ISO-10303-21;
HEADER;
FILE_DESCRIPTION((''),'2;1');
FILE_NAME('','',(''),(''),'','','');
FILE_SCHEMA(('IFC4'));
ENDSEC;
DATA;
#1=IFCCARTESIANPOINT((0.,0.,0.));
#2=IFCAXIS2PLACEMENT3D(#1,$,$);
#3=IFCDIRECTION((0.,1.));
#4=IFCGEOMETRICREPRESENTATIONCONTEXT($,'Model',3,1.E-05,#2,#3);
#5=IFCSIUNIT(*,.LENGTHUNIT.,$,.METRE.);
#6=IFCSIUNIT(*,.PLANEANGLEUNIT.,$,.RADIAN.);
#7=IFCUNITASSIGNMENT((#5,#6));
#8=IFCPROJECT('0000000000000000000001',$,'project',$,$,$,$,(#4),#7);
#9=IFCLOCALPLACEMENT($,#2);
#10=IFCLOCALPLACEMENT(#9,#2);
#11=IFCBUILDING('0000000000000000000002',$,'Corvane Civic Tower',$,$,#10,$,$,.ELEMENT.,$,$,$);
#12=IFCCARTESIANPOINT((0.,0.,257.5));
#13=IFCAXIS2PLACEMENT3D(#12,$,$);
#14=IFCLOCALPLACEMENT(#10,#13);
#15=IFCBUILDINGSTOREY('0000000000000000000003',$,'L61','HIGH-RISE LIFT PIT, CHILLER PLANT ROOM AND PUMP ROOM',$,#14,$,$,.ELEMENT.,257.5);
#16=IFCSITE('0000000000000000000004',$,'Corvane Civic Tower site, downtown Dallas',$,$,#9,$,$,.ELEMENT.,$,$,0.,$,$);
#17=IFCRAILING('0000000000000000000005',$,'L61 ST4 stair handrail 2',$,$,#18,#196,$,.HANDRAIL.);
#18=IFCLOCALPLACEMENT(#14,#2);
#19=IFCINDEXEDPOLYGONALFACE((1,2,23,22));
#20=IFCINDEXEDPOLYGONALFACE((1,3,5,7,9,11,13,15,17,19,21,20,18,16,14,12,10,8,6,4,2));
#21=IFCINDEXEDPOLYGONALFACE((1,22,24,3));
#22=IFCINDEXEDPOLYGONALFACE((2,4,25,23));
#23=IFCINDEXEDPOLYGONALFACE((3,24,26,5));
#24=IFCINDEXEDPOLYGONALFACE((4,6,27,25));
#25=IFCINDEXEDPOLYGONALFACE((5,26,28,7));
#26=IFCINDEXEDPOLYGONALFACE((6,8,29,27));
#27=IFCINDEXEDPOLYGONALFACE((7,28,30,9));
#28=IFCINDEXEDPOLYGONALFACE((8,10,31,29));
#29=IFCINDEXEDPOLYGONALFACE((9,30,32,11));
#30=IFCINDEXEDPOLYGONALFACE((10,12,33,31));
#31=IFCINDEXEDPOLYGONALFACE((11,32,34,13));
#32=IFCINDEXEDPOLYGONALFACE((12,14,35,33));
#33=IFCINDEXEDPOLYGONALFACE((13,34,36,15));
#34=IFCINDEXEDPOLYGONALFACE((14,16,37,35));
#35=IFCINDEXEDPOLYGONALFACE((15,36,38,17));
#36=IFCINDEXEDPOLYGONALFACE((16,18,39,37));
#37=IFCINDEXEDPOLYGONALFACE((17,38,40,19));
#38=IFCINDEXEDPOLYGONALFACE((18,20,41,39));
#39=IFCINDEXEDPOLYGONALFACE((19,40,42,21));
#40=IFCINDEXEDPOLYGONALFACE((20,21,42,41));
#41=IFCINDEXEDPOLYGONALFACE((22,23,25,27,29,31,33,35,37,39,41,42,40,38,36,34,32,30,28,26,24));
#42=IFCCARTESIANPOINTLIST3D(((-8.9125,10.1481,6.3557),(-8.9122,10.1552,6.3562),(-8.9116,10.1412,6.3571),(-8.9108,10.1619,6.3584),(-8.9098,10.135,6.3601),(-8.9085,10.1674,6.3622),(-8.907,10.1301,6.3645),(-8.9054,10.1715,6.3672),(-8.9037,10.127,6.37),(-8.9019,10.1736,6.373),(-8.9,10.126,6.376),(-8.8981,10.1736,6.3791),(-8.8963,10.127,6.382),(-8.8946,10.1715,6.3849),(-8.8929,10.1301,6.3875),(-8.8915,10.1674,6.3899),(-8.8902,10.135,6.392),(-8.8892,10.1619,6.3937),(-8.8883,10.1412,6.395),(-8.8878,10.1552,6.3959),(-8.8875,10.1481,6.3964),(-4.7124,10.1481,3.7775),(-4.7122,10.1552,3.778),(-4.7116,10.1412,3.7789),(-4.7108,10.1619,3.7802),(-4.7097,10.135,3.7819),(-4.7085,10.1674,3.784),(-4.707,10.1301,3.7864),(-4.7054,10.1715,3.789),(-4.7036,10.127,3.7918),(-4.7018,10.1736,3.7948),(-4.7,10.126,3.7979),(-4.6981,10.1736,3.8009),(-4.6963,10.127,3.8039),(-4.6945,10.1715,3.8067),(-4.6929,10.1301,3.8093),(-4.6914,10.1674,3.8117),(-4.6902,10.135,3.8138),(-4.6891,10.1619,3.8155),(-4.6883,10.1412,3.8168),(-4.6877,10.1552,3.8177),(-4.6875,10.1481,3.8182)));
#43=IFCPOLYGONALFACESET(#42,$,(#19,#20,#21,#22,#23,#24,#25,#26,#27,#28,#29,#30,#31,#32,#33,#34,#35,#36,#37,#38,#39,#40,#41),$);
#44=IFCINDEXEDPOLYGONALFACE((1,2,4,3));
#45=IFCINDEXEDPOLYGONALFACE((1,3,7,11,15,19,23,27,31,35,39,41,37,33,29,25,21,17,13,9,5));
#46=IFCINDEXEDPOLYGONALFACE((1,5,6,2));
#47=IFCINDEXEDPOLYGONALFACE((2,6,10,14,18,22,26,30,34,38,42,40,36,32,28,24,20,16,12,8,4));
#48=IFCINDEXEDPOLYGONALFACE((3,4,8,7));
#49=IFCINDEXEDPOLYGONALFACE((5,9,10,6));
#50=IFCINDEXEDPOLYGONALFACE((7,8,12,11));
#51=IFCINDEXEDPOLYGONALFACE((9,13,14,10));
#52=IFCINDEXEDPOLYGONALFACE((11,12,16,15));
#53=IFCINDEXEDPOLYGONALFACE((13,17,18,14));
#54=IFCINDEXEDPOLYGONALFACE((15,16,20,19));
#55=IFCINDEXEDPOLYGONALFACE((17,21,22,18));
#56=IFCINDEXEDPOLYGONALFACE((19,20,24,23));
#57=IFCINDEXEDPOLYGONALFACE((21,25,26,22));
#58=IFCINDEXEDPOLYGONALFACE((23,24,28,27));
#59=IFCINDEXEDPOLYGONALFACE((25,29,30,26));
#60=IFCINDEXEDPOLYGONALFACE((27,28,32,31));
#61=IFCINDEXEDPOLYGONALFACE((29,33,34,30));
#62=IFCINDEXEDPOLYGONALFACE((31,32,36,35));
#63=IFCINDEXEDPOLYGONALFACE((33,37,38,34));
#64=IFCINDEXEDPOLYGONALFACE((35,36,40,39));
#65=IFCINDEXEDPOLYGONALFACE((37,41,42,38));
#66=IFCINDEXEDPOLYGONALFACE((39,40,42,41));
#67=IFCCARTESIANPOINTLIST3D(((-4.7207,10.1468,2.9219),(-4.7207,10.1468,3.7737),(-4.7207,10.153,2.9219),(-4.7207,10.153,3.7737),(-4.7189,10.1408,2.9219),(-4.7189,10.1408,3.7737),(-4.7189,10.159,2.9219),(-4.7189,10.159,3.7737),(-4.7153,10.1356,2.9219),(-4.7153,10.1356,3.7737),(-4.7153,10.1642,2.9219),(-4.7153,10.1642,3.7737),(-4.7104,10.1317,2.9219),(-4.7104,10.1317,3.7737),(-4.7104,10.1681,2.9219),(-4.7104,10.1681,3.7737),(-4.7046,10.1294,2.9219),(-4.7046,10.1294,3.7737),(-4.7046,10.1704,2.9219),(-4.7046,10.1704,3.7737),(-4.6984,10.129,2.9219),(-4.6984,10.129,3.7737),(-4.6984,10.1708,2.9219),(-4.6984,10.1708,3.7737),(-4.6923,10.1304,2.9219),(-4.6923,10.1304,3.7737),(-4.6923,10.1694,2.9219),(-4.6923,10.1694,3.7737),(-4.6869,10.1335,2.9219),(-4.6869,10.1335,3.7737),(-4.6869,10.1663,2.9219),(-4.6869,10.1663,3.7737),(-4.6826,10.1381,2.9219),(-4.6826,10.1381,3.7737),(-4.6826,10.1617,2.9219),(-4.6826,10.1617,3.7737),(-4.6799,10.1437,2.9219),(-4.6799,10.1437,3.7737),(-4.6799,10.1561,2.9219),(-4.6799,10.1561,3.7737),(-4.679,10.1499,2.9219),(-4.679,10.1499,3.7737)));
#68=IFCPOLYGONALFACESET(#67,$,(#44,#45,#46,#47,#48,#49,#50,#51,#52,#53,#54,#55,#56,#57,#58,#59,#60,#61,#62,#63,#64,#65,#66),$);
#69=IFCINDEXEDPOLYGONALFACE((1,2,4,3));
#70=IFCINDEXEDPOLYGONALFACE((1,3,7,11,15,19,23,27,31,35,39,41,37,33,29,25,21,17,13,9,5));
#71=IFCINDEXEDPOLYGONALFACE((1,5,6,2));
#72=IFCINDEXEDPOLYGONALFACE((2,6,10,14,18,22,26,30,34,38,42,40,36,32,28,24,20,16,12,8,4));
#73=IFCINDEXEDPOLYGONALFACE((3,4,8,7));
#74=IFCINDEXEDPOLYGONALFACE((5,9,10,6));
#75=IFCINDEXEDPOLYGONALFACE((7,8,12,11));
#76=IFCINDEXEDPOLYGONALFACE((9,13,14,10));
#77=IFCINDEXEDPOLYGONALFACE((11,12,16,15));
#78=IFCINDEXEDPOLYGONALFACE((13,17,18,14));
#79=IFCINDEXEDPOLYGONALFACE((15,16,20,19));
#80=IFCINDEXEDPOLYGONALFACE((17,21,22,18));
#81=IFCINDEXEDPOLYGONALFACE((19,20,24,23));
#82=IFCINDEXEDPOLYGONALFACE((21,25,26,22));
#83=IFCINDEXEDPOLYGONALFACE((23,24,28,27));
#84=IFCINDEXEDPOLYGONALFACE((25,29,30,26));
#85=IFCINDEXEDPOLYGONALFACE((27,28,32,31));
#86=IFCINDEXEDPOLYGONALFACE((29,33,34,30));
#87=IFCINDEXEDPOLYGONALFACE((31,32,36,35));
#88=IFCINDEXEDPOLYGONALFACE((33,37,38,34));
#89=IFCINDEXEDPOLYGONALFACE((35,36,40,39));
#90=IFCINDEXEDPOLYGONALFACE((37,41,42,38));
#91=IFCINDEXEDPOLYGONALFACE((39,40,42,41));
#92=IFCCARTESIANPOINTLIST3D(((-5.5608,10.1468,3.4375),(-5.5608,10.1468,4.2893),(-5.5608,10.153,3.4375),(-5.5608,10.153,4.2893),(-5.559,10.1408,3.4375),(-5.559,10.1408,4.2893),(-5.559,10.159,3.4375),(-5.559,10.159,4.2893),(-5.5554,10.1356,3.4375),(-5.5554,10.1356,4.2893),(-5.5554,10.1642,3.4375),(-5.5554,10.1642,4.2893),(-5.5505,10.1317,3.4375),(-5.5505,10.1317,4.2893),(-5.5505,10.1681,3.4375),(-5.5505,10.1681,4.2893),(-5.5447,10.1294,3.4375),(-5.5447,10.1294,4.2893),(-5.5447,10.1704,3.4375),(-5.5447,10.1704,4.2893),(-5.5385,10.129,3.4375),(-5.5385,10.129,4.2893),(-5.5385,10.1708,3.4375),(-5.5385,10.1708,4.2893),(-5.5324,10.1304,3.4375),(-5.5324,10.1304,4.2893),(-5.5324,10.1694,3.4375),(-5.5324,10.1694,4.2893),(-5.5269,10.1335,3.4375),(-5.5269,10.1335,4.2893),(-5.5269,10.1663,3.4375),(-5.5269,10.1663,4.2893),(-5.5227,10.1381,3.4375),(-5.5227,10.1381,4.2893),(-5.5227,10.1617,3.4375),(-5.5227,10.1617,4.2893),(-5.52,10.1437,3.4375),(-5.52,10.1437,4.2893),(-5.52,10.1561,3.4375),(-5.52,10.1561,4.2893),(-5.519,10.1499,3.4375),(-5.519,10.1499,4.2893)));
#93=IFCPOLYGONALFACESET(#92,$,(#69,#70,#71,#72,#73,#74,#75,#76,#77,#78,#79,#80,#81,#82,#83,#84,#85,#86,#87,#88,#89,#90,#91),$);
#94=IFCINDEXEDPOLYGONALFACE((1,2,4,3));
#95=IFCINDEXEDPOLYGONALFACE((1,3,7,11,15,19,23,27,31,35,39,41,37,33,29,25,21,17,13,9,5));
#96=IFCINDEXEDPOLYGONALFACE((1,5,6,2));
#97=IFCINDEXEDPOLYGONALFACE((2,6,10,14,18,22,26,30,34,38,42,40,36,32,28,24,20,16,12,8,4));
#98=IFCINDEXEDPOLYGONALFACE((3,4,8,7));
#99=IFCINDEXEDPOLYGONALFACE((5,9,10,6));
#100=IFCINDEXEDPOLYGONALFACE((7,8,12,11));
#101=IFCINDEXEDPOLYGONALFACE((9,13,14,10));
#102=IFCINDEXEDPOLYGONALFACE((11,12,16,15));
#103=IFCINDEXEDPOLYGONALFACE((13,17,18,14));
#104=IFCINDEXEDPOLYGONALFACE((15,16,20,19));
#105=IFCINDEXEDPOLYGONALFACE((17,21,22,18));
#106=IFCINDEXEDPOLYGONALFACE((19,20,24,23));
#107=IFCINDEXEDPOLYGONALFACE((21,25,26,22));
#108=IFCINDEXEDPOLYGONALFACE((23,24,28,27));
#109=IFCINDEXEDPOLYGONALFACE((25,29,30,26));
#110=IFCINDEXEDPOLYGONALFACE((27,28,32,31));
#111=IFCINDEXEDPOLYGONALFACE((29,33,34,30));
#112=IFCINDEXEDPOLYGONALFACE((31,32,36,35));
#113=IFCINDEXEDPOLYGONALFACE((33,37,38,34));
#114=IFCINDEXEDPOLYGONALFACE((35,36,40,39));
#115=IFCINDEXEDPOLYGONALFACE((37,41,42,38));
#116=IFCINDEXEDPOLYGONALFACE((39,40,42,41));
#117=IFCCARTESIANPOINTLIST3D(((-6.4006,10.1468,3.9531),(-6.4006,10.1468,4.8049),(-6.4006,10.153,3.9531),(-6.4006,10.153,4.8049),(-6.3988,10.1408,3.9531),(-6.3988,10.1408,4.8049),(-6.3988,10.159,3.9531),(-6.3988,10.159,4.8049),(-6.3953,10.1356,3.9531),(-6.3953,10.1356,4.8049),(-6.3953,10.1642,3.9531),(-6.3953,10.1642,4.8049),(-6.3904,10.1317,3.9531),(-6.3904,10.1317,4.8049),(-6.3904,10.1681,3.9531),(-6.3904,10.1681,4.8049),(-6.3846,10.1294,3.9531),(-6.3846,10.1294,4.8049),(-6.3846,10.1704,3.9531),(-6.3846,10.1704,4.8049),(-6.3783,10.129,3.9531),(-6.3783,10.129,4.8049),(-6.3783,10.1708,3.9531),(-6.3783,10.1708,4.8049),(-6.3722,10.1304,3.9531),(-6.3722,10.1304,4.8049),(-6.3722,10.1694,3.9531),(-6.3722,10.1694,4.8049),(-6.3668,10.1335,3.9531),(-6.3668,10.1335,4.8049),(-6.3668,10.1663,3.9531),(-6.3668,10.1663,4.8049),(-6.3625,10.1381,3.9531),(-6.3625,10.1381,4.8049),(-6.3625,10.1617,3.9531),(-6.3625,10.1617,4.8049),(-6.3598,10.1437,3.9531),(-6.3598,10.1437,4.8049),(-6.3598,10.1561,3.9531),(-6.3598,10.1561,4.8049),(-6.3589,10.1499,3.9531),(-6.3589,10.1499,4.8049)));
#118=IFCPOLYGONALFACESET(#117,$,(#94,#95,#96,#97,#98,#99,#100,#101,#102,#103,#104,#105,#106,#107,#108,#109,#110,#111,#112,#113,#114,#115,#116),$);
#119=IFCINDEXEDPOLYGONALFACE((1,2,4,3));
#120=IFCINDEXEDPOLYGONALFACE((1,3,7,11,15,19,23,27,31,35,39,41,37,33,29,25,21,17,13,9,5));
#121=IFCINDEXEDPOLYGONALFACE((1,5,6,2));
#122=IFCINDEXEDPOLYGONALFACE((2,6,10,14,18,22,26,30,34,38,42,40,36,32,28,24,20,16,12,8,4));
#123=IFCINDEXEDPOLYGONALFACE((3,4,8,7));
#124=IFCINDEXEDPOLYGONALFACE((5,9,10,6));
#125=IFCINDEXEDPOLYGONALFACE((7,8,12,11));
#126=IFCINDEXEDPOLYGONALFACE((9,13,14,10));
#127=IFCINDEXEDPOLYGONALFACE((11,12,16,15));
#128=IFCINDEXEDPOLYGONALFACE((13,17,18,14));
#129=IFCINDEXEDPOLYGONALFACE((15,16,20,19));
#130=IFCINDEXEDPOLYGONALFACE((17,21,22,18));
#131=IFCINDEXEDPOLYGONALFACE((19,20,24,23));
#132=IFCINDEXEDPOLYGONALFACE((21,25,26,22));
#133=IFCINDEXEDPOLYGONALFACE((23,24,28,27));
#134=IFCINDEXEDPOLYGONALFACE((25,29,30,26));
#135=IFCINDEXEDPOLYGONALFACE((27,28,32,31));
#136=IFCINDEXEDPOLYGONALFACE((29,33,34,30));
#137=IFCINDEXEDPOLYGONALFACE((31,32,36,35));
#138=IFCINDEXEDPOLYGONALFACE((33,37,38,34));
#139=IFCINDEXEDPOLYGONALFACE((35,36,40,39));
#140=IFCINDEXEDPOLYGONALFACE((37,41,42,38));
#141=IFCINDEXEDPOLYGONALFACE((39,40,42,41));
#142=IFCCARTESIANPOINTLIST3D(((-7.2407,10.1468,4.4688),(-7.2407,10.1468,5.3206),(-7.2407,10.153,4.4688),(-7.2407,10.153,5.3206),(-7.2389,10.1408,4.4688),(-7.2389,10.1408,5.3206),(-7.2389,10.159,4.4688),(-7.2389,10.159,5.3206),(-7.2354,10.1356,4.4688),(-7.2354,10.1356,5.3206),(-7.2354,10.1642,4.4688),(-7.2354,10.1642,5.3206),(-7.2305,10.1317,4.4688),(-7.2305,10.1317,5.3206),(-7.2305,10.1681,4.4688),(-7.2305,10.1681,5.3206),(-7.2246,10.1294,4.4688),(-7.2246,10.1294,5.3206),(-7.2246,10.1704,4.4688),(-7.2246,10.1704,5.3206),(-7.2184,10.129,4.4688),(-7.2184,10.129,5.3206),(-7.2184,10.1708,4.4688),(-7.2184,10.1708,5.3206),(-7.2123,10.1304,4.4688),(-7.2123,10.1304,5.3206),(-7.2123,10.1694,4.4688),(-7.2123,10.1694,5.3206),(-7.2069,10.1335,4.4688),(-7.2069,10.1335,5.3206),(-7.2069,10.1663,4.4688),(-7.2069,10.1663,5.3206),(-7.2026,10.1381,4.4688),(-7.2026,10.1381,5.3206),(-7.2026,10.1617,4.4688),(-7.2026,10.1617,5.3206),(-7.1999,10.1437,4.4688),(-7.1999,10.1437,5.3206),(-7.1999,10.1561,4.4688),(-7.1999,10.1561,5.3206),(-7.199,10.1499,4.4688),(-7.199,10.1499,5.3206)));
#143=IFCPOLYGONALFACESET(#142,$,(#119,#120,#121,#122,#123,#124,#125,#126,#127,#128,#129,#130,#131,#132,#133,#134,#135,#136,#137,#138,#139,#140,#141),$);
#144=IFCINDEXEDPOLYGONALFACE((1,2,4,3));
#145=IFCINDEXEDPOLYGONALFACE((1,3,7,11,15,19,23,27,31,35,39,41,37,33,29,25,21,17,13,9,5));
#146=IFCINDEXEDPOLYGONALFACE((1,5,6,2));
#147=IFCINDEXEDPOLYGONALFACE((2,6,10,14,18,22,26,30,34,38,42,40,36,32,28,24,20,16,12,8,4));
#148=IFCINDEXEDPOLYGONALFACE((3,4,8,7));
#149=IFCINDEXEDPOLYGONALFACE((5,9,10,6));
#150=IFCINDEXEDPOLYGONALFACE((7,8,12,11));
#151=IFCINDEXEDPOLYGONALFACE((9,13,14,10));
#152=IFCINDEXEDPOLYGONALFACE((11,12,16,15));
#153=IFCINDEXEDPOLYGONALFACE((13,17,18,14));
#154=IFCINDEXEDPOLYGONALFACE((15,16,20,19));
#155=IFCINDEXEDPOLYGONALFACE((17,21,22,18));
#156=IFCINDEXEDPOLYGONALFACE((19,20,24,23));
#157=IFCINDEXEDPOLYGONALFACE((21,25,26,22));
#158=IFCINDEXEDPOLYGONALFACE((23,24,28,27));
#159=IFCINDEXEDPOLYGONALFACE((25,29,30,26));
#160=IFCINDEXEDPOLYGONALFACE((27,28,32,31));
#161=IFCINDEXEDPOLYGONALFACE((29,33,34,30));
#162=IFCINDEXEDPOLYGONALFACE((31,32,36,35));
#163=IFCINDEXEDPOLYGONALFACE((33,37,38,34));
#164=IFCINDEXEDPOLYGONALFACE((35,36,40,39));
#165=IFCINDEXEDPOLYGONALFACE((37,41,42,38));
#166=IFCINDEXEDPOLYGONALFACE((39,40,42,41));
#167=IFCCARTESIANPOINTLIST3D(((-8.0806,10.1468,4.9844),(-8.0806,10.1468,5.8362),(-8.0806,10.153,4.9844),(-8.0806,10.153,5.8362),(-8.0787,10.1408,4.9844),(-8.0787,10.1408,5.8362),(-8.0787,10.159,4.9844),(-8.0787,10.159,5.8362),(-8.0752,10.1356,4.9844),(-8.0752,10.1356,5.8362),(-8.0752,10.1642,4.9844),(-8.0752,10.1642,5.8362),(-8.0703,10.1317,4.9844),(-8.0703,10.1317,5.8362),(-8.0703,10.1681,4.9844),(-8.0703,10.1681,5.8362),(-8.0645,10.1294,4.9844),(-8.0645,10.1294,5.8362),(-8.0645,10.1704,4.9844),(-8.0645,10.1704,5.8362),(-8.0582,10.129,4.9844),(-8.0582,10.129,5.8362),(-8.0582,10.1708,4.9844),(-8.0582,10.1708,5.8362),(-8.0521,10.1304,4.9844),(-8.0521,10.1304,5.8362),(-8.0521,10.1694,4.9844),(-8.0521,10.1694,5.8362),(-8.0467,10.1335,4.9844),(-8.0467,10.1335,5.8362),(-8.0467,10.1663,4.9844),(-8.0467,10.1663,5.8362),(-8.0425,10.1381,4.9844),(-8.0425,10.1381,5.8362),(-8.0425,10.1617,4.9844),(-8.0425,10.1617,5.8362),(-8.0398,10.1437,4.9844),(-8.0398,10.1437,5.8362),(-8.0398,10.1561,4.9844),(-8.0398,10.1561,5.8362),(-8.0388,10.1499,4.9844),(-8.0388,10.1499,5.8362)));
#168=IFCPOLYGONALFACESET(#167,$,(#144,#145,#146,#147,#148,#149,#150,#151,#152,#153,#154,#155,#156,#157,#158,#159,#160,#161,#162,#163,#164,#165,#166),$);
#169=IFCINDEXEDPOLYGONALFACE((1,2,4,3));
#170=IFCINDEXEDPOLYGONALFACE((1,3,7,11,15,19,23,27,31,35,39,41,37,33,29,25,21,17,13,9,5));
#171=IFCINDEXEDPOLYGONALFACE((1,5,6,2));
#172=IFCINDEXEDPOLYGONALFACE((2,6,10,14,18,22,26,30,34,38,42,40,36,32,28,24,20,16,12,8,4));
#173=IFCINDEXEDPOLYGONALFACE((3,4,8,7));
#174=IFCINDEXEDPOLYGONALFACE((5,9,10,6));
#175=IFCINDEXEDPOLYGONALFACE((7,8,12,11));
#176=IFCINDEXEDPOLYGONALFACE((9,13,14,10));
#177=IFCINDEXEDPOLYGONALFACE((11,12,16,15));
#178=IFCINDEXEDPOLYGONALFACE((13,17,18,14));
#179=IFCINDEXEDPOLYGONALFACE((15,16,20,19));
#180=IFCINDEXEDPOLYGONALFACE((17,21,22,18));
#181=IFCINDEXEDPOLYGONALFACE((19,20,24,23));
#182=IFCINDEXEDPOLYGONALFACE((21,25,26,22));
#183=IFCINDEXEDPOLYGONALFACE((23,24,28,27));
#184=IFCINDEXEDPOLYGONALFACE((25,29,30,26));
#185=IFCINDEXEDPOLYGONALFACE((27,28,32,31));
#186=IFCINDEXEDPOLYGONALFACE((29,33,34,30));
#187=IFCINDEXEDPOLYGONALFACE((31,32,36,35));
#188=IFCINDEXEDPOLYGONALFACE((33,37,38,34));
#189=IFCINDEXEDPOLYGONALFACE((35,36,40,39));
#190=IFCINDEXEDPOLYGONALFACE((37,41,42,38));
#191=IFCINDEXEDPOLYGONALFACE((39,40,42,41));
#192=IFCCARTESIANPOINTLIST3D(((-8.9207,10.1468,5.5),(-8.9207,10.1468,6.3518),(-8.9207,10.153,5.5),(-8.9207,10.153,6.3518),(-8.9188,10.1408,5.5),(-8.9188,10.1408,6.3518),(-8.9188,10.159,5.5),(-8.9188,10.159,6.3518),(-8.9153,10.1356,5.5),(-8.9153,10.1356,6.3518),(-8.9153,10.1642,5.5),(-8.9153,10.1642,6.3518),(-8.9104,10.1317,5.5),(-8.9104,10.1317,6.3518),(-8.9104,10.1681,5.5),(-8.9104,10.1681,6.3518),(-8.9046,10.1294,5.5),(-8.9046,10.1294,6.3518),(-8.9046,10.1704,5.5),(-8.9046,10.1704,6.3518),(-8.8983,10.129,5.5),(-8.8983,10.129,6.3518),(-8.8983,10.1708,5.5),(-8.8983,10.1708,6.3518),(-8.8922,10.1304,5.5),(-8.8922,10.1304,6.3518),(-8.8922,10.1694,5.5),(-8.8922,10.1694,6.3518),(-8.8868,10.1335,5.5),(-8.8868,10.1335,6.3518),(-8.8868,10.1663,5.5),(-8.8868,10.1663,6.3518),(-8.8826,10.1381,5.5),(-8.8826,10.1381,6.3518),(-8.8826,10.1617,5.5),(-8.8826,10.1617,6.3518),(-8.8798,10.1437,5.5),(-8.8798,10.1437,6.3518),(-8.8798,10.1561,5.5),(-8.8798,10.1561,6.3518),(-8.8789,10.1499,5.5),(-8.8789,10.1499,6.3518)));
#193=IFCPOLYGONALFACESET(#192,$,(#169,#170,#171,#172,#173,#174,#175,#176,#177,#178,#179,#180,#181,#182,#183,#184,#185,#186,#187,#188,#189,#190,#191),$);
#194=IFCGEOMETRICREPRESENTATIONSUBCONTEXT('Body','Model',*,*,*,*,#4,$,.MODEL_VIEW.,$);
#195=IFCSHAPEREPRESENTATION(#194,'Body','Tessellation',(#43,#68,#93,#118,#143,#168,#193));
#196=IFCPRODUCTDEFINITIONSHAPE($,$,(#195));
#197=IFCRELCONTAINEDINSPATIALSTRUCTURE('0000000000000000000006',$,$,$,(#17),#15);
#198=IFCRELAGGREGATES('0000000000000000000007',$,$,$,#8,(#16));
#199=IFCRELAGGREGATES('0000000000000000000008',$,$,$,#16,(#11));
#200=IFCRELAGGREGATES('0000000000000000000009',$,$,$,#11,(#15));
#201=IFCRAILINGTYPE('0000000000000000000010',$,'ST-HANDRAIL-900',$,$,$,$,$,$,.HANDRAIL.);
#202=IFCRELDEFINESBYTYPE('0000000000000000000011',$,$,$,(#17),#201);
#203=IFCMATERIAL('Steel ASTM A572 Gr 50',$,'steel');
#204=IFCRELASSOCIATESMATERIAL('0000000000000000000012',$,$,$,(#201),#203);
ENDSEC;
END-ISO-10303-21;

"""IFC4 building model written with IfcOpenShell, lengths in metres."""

from ifc_helpers import new_model, si_unit, direction, frame, origin, origin_2d, place, context, subcontext, project, spatial, circle, extrude, material, type_object, element, save


model = new_model("IFC4")

# Units and contexts
model_context = context("Model", 3, precision=1e-05, world=origin(), true_north=direction((0.0, 1.0)))
body_context = subcontext(model_context, "Body", "Model", "MODEL_VIEW")
ifc_project = project(units=[si_unit("LENGTHUNIT", "METRE"), si_unit("PLANEANGLEUNIT", "RADIAN")], contexts=[model_context])

# Site, building, storey
site_placement = place(None, origin())
site = spatial("IfcSite", under=ifc_project, at=site_placement, Name="Corvane Civic Tower site, downtown Dallas", CompositionType="ELEMENT", RefElevation=0.0)
building_placement = place(site_placement, origin())
building = spatial("IfcBuilding", under=site, at=building_placement, Name="Corvane Civic Tower", CompositionType="ELEMENT")
storey_placement = place(building_placement, frame((0.0, 0.0, 257.5)))
storey = spatial("IfcBuildingStorey", under=building, at=storey_placement, Name="L61", Description="HIGH-RISE LIFT PIT, CHILLER PLANT ROOM AND PUMP ROOM", CompositionType="ELEMENT", Elevation=257.5)

# Railing
ifc_material_1 = material(Name="Steel ASTM A572 Gr 50", Category="steel")
railing_type_1 = type_object("IfcRailingType", Name="ST-HANDRAIL-900", PredefinedType="HANDRAIL", material=ifc_material_1)
railing_1_placement = place(storey_placement, frame((-4.7, 10.1499, 2.9219)))
element("IfcRailing", 1, at=railing_1_placement, inside=storey, type_object=railing_type_1, Name="L61 ST4 stair handrail 2", PredefinedType="HANDRAIL", context=body_context, shape_type="SweptSolid", body=[
    extrude(circle(Radius=0.0239, at=origin_2d()), frame((0.0, 0.0, 0.876), z_axis=(-0.852243, 0.0, 0.523146), x_axis=(0.0, -1.0, 0.0)), (0.0, 0.0, 1.0), 4.9282),
    extrude(circle(Radius=0.021, at=origin_2d()), origin(), (0.0, 0.0, 1.0), 0.8518),
    extrude(circle(Radius=0.021, at=origin_2d()), frame((-0.8401, 0.0, 0.5156)), (0.0, 0.0, 1.0), 0.8518),
    extrude(circle(Radius=0.021, at=origin_2d()), frame((-1.6799, 0.0, 1.0312)), (0.0, 0.0, 1.0), 0.8518),
    extrude(circle(Radius=0.021, at=origin_2d()), frame((-2.52, 0.0, 1.5469)), (0.0, 0.0, 1.0), 0.8518),
    extrude(circle(Radius=0.021, at=origin_2d()), frame((-3.3599, 0.0, 2.0625)), (0.0, 0.0, 1.0), 0.8518),
    extrude(circle(Radius=0.021, at=origin_2d()), frame((-4.2, 0.0, 2.5781)), (0.0, 0.0, 1.0), 0.8518),
])

save(model, "model.ifc")
